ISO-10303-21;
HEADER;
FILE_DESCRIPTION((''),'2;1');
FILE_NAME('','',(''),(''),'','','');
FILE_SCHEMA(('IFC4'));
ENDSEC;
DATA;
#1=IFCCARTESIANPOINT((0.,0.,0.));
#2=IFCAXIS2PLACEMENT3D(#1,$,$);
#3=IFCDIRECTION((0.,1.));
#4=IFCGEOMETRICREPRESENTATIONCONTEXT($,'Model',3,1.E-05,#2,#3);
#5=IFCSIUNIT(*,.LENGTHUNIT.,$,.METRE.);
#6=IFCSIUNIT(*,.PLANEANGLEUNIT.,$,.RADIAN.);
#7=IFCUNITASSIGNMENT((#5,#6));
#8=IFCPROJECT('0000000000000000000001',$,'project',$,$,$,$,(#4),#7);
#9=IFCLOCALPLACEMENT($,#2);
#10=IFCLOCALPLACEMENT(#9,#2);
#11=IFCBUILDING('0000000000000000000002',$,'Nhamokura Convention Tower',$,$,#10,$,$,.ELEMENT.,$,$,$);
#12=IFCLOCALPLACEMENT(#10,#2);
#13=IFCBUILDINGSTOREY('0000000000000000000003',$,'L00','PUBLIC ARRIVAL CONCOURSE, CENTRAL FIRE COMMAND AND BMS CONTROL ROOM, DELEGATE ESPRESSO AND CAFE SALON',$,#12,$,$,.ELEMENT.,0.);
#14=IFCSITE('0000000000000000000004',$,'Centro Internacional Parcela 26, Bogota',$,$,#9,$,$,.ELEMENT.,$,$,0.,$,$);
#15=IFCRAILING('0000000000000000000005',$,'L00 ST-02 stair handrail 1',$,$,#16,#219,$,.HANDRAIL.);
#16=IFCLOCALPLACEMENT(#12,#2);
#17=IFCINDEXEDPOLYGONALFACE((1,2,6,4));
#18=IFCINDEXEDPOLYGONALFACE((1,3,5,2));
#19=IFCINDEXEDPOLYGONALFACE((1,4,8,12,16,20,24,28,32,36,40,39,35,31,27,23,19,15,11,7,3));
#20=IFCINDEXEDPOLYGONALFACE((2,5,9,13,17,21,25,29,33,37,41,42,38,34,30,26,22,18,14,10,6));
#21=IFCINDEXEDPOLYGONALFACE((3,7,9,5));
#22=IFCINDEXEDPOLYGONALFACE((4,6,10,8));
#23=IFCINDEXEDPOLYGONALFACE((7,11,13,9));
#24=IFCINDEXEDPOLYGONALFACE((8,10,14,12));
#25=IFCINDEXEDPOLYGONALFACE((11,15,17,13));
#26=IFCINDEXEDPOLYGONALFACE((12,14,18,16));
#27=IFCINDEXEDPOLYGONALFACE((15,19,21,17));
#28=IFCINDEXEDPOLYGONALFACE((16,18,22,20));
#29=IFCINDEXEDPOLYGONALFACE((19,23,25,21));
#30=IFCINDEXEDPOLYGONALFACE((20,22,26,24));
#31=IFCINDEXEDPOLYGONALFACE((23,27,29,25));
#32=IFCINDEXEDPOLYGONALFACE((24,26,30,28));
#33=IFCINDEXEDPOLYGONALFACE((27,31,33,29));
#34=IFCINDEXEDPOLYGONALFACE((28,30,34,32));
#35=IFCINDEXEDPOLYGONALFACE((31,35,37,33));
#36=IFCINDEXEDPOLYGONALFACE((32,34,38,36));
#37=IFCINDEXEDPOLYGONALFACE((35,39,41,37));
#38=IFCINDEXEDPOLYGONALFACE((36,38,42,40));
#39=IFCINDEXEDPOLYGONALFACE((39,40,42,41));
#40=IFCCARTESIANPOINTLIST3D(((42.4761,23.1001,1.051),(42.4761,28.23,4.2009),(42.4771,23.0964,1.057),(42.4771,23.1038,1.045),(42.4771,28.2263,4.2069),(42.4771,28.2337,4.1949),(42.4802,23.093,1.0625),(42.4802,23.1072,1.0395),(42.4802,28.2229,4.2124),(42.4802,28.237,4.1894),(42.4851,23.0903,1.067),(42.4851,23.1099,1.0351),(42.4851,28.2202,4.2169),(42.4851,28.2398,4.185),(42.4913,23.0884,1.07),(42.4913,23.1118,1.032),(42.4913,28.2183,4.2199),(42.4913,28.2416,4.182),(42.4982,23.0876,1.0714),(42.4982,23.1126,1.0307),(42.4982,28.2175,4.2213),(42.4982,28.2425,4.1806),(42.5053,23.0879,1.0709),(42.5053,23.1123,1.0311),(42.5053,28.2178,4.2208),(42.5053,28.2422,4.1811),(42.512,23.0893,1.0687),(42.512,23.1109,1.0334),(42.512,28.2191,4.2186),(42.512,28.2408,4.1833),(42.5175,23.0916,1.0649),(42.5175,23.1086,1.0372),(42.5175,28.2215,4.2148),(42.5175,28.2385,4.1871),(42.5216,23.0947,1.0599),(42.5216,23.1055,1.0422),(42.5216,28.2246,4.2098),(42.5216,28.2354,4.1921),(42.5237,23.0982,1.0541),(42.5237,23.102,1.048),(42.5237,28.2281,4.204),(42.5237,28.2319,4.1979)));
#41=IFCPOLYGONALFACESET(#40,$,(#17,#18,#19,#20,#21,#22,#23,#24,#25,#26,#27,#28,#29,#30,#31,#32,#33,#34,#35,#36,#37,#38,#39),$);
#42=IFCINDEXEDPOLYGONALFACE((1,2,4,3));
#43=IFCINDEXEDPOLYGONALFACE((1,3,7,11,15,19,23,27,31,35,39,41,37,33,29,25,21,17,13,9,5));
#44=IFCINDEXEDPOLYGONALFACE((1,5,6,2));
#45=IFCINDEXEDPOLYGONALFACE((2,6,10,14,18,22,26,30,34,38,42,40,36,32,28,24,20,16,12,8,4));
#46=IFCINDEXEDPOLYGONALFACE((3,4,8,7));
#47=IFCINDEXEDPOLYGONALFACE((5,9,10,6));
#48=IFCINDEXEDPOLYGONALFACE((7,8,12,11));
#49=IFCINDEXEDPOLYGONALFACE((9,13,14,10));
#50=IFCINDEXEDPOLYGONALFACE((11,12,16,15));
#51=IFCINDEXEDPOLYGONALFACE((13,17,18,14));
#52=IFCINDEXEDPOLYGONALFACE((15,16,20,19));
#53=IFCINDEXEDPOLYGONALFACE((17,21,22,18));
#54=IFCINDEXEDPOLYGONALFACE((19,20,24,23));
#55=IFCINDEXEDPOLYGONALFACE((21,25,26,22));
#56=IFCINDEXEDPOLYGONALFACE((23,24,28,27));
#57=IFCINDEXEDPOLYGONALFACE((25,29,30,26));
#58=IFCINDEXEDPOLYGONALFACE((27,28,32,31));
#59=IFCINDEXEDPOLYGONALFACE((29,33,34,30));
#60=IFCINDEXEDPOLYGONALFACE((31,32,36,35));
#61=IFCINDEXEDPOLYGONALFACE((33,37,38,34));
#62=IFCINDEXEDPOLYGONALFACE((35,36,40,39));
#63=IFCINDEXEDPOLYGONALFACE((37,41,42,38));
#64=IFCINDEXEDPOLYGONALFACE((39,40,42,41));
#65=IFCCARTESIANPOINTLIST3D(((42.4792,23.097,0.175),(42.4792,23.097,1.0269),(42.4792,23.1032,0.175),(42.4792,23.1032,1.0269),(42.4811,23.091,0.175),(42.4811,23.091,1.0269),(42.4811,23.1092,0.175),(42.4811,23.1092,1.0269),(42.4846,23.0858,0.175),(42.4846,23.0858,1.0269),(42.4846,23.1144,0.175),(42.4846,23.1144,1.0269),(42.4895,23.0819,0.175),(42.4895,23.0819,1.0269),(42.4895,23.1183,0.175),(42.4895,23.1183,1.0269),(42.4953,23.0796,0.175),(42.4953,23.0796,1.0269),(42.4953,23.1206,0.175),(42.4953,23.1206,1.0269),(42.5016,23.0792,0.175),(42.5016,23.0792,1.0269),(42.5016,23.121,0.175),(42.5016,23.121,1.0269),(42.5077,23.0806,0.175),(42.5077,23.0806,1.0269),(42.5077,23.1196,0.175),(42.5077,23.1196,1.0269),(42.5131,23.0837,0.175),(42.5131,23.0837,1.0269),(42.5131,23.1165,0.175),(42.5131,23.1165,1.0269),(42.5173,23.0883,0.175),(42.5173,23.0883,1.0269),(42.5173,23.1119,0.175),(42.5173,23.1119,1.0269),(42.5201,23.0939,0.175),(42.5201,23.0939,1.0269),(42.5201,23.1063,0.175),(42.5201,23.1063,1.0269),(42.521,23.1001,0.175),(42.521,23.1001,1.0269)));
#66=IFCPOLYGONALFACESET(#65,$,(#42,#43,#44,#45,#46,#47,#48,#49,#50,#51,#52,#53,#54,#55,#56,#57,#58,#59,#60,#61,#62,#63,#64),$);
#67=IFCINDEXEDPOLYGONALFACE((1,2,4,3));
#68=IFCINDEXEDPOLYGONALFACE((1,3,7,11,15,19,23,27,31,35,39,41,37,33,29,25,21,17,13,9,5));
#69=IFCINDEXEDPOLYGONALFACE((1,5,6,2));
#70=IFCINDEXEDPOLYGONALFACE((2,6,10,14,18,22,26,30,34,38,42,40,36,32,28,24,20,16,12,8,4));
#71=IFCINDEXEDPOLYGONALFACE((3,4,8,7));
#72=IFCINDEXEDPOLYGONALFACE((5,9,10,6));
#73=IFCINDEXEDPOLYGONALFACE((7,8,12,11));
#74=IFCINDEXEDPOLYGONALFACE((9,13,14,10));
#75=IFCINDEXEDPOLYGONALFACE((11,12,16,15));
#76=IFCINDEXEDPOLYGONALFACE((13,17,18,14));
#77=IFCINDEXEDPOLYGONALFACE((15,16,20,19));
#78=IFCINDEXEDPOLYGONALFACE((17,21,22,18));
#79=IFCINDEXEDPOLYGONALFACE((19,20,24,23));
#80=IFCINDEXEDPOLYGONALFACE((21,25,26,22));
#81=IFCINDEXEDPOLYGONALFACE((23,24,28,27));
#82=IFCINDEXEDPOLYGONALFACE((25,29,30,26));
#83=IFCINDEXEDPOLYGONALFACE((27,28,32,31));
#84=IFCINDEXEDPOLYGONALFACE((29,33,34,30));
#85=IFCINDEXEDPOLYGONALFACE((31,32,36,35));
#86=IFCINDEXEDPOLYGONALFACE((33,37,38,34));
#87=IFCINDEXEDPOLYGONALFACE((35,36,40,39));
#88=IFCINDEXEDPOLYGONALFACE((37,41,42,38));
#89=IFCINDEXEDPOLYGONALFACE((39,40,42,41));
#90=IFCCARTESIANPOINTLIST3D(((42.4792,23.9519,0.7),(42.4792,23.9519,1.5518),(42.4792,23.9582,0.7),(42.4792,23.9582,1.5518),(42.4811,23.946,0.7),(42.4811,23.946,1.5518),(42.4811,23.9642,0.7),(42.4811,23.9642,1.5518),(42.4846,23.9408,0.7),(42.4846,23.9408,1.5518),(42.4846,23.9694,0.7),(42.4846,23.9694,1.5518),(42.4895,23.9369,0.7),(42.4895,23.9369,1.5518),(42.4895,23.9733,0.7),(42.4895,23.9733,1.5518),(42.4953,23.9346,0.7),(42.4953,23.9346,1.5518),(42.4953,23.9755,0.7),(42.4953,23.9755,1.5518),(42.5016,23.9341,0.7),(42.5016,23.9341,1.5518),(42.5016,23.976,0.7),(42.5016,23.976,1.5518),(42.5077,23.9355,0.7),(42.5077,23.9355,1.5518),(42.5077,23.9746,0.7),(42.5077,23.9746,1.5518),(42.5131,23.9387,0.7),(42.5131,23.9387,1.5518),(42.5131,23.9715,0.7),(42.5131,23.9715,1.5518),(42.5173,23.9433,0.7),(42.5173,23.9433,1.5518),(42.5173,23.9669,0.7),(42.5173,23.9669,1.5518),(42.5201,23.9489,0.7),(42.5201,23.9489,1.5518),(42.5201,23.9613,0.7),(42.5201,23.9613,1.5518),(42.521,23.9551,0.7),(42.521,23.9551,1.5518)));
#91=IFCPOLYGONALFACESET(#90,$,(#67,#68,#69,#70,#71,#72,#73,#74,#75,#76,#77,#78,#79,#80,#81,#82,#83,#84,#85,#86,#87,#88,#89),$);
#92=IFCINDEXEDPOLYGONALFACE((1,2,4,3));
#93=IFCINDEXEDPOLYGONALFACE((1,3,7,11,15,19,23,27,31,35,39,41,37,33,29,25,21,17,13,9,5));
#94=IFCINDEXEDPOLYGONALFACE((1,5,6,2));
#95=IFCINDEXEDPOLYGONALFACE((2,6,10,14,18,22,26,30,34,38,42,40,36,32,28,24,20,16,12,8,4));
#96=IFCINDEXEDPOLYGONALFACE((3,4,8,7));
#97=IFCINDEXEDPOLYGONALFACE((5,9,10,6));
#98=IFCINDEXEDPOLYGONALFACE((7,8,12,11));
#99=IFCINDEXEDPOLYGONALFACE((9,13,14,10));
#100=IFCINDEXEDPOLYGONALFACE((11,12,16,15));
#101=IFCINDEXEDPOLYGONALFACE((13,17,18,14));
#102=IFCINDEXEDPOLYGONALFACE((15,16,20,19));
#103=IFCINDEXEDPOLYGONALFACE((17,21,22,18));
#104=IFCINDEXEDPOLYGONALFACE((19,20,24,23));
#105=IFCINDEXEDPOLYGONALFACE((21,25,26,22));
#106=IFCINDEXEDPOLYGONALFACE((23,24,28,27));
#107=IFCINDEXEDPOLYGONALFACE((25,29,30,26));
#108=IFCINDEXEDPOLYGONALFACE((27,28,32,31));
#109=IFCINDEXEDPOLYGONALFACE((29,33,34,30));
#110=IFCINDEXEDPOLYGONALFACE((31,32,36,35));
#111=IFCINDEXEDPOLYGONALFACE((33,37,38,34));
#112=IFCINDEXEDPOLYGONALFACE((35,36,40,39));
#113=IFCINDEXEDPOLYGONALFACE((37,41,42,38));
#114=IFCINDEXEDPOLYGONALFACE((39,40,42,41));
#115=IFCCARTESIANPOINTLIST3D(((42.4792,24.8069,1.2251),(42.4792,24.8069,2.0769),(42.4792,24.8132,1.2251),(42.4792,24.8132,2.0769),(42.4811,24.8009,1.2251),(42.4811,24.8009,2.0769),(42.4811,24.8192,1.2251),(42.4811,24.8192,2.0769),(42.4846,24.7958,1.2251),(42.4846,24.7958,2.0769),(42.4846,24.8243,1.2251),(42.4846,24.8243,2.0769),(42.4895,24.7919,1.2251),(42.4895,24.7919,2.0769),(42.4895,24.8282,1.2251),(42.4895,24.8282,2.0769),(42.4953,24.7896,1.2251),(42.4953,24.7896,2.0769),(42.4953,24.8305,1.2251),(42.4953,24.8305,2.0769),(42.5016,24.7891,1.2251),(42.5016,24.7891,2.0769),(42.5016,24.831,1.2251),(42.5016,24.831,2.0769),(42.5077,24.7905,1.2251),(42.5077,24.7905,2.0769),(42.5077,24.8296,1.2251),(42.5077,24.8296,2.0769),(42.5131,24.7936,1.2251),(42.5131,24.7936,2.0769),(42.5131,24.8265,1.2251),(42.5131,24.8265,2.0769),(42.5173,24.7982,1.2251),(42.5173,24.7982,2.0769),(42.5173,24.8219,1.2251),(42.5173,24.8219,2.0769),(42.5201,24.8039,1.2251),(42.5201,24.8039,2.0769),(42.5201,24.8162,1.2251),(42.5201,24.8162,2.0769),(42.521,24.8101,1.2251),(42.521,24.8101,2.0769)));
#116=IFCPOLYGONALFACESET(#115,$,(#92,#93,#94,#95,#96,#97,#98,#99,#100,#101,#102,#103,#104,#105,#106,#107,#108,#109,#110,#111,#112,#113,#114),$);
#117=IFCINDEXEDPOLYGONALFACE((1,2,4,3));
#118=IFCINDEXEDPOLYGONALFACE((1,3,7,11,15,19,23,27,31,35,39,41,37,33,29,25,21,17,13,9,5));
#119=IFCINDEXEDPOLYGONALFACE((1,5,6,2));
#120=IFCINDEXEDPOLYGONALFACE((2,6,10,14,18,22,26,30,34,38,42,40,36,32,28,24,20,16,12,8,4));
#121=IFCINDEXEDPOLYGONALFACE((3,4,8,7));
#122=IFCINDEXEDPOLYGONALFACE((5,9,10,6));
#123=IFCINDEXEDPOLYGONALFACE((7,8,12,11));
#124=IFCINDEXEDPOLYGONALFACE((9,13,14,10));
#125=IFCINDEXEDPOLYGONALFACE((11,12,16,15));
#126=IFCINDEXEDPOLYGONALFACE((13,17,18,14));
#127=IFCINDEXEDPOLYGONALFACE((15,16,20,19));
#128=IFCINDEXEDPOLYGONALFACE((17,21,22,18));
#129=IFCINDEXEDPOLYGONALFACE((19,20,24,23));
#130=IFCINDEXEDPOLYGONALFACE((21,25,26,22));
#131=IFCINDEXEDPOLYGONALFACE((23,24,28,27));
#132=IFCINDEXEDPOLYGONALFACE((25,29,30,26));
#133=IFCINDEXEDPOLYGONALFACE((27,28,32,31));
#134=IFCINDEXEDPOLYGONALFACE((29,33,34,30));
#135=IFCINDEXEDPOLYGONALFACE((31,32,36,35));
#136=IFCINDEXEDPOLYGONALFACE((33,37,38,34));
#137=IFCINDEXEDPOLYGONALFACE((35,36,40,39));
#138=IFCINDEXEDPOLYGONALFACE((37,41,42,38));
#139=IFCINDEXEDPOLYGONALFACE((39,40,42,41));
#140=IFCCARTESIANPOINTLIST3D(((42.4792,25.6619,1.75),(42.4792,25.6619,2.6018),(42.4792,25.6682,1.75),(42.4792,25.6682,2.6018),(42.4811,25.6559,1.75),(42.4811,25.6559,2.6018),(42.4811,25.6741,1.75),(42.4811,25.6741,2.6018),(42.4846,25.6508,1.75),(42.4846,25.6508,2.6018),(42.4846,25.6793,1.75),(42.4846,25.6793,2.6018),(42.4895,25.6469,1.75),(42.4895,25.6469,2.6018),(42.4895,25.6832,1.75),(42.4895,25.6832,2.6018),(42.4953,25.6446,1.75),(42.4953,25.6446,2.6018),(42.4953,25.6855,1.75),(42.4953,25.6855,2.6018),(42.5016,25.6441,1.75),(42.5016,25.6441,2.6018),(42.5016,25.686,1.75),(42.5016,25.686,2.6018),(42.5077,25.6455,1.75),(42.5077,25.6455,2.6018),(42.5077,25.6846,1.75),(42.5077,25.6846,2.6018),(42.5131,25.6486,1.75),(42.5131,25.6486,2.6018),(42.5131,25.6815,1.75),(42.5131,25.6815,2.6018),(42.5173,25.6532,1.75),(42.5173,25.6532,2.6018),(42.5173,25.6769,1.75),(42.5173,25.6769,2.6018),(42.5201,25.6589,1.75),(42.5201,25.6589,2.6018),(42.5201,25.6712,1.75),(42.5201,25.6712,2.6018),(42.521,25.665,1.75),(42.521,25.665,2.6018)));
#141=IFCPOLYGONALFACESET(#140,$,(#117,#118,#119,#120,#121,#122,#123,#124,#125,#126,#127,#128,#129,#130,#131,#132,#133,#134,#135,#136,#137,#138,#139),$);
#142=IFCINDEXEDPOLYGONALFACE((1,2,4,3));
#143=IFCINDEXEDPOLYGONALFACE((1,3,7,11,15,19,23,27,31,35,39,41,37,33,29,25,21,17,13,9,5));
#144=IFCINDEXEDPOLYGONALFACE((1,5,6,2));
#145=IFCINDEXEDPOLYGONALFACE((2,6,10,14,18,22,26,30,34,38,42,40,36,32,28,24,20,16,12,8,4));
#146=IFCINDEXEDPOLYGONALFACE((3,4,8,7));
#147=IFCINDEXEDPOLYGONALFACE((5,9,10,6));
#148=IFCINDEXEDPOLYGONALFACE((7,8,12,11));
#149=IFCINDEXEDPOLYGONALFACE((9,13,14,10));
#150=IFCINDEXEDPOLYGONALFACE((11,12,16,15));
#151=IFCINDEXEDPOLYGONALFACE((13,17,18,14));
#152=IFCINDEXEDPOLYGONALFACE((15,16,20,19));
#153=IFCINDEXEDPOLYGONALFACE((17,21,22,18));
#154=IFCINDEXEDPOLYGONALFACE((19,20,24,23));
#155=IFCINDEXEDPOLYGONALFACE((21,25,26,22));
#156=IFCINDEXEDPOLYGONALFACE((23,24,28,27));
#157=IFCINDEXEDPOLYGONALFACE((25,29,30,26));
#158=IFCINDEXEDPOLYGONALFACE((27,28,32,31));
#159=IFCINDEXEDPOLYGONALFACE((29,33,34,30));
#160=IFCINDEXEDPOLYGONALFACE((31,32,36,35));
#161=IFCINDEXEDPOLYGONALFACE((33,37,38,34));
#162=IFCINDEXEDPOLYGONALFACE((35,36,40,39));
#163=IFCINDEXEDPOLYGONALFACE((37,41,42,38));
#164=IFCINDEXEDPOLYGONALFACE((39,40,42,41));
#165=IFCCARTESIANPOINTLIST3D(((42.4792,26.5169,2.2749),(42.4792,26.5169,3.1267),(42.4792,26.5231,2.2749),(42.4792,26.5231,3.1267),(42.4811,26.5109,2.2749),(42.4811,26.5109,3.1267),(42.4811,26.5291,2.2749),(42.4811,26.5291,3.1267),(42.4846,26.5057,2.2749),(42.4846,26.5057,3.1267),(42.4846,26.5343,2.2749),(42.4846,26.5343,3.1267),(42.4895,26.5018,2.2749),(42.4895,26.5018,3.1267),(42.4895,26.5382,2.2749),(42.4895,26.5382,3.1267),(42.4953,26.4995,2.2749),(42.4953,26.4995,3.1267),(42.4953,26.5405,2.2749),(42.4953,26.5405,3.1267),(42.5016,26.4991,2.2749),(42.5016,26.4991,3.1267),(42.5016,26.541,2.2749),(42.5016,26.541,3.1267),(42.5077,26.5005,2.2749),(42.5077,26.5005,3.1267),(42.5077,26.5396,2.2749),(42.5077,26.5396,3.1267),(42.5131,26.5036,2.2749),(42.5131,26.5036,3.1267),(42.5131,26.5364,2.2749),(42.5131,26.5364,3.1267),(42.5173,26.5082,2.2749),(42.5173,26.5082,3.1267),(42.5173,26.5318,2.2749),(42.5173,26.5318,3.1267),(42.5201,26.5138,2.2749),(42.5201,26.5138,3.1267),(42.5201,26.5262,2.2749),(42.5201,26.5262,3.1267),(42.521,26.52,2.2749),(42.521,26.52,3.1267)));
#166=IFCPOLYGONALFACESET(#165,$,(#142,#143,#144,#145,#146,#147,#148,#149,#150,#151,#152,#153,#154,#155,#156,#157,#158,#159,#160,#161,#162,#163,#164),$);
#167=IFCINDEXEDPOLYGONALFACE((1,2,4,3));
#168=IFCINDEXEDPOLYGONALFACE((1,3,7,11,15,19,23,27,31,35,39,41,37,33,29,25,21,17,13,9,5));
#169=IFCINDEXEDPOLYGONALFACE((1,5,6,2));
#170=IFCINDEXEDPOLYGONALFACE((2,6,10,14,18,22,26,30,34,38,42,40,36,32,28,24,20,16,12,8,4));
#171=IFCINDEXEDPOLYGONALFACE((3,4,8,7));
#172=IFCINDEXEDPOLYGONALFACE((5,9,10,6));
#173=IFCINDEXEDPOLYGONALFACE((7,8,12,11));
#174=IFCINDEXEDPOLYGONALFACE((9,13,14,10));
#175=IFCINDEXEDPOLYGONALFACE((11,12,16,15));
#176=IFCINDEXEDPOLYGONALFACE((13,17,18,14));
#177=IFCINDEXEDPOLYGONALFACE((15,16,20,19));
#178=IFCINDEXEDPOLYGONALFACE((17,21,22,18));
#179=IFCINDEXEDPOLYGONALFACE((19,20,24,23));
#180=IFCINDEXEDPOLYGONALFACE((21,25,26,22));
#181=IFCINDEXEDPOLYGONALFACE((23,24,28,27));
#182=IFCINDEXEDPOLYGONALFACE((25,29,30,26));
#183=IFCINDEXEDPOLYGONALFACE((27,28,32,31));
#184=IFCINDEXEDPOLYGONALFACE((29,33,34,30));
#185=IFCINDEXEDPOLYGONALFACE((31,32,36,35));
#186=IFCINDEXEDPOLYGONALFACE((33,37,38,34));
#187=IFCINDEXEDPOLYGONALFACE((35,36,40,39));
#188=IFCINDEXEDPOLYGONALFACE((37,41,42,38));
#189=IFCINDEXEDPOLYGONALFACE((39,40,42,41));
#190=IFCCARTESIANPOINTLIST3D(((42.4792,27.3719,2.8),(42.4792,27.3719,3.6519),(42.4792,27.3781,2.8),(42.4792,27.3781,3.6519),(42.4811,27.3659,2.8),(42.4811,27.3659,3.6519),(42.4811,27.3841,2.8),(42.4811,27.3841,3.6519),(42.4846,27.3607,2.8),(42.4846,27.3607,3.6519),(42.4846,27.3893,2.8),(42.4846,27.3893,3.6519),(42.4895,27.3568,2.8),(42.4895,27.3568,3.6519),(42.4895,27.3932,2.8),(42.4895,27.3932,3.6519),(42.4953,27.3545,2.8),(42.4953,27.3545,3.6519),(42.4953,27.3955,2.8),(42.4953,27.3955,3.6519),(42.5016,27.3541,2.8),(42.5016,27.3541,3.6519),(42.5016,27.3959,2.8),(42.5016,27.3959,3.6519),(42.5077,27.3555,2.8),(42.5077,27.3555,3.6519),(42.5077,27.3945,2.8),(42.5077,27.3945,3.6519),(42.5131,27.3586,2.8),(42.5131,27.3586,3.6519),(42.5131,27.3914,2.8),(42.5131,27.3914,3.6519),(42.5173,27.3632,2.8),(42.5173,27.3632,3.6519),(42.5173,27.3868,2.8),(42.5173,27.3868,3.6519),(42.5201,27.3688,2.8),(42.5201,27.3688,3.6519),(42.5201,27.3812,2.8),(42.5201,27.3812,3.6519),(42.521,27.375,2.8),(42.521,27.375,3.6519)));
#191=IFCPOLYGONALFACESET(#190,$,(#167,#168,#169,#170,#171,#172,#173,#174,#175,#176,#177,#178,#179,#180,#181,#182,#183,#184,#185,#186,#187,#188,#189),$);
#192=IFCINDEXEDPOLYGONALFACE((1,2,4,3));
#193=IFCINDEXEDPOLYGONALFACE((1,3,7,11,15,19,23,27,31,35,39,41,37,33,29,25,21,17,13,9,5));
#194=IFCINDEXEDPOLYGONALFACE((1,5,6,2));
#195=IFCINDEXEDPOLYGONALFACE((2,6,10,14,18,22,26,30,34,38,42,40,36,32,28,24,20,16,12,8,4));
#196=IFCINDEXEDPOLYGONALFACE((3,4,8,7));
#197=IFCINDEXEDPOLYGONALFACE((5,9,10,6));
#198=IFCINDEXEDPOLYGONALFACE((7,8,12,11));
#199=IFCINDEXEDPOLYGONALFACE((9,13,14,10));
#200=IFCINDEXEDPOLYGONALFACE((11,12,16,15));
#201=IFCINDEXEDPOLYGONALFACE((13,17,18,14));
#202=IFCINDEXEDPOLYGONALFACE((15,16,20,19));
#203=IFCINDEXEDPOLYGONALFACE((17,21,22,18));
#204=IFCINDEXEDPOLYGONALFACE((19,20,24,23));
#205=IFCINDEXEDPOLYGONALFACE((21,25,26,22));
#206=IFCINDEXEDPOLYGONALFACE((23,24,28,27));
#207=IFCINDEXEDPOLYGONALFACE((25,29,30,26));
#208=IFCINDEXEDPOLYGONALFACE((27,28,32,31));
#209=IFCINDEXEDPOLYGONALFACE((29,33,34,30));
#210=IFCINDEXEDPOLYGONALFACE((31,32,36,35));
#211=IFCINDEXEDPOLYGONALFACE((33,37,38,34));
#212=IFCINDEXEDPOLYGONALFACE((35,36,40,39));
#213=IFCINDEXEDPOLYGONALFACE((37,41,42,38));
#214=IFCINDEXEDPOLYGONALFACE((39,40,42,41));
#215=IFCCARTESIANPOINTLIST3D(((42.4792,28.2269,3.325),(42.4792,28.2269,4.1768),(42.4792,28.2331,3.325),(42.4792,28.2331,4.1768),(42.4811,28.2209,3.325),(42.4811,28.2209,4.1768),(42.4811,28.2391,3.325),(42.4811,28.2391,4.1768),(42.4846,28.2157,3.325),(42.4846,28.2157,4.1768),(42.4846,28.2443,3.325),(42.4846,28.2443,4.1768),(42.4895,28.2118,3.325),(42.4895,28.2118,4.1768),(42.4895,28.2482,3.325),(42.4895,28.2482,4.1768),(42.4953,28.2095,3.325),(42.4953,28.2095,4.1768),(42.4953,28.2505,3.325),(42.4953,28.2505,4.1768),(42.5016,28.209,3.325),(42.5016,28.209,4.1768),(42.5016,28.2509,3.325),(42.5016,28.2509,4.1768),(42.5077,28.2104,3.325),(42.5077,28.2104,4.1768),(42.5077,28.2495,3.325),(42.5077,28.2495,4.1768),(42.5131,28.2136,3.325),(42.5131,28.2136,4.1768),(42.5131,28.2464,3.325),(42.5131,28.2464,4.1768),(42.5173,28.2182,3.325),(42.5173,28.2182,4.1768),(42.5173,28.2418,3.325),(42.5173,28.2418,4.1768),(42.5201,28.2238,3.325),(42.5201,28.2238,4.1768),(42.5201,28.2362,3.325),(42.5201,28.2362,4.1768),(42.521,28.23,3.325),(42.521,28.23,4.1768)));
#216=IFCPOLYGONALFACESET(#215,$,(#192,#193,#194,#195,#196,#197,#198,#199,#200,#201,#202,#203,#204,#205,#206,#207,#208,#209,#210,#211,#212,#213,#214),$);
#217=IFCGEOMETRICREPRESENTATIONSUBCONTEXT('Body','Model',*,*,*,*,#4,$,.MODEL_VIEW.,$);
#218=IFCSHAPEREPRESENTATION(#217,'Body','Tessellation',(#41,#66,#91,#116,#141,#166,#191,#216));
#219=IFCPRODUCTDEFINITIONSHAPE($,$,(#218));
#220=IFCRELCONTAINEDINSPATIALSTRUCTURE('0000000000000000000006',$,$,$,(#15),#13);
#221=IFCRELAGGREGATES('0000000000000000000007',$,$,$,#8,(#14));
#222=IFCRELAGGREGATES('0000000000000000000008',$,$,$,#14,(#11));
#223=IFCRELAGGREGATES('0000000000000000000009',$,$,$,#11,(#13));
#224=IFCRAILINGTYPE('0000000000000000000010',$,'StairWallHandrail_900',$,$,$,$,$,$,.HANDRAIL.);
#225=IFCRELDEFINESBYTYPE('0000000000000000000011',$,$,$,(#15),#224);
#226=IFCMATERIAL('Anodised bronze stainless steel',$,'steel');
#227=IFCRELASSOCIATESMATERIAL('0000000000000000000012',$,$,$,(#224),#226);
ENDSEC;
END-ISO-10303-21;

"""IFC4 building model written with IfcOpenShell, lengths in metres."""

from ifc_helpers import new_model, si_unit, direction, frame, origin, origin_2d, place, context, subcontext, project, spatial, circle, extrude, material, type_object, element, save


model = new_model("IFC4")

# Units and contexts
model_context = context("Model", 3, precision=1e-05, world=origin(), true_north=direction((0.0, 1.0)))
body_context = subcontext(model_context, "Body", "Model", "MODEL_VIEW")
ifc_project = project(units=[si_unit("LENGTHUNIT", "METRE"), si_unit("PLANEANGLEUNIT", "RADIAN")], contexts=[model_context])

# Site, building, storey
site_placement = place(None, origin())
site = spatial("IfcSite", under=ifc_project, at=site_placement, Name="Centro Internacional Parcela 26, Bogota", CompositionType="ELEMENT", RefElevation=0.0)
building_placement = place(site_placement, origin())
building = spatial("IfcBuilding", under=site, at=building_placement, Name="Nhamokura Convention Tower", CompositionType="ELEMENT")
storey_placement = place(building_placement, origin())
storey = spatial("IfcBuildingStorey", under=building, at=storey_placement, Name="L00", Description="PUBLIC ARRIVAL CONCOURSE, CENTRAL FIRE COMMAND AND BMS CONTROL ROOM, DELEGATE ESPRESSO AND CAFE SALON", CompositionType="ELEMENT", Elevation=0.0)

# Railing
ifc_material_1 = material(Name="Anodised bronze stainless steel", Category="steel")
railing_type_1 = type_object("IfcRailingType", Name="StairWallHandrail_900", PredefinedType="HANDRAIL", material=ifc_material_1)
railing_1_placement = place(storey_placement, frame((42.5, 23.1001, 0.175)))
element("IfcRailing", 1, at=railing_1_placement, inside=storey, type_object=railing_type_1, Name="L00 ST-02 stair handrail 1", PredefinedType="HANDRAIL", context=body_context, shape_type="SweptSolid", body=[
    extrude(circle(Radius=0.0239, at=origin_2d()), frame((0.0, 0.0, 0.876), z_axis=(0.0, 0.852173, 0.52326), x_axis=(-1.0, 0.0, 0.0)), (0.0, 0.0, 1.0), 6.0198),
    extrude(circle(Radius=0.021, at=origin_2d()), origin(), (0.0, 0.0, 1.0), 0.8518),
    extrude(circle(Radius=0.021, at=origin_2d()), frame((0.0, 0.855, 0.5249)), (0.0, 0.0, 1.0), 0.8518),
    extrude(circle(Radius=0.021, at=origin_2d()), frame((0.0, 1.71, 1.05)), (0.0, 0.0, 1.0), 0.8518),
    extrude(circle(Radius=0.021, at=origin_2d()), frame((0.0, 2.5649, 1.575)), (0.0, 0.0, 1.0), 0.8518),
    extrude(circle(Radius=0.021, at=origin_2d()), frame((0.0, 3.4199, 2.0999)), (0.0, 0.0, 1.0), 0.8518),
    extrude(circle(Radius=0.021, at=origin_2d()), frame((0.0, 4.2749, 2.625)), (0.0, 0.0, 1.0), 0.8518),
    extrude(circle(Radius=0.021, at=origin_2d()), frame((0.0, 5.1299, 3.1499)), (0.0, 0.0, 1.0), 0.8518),
])

save(model, "model.ifc")
